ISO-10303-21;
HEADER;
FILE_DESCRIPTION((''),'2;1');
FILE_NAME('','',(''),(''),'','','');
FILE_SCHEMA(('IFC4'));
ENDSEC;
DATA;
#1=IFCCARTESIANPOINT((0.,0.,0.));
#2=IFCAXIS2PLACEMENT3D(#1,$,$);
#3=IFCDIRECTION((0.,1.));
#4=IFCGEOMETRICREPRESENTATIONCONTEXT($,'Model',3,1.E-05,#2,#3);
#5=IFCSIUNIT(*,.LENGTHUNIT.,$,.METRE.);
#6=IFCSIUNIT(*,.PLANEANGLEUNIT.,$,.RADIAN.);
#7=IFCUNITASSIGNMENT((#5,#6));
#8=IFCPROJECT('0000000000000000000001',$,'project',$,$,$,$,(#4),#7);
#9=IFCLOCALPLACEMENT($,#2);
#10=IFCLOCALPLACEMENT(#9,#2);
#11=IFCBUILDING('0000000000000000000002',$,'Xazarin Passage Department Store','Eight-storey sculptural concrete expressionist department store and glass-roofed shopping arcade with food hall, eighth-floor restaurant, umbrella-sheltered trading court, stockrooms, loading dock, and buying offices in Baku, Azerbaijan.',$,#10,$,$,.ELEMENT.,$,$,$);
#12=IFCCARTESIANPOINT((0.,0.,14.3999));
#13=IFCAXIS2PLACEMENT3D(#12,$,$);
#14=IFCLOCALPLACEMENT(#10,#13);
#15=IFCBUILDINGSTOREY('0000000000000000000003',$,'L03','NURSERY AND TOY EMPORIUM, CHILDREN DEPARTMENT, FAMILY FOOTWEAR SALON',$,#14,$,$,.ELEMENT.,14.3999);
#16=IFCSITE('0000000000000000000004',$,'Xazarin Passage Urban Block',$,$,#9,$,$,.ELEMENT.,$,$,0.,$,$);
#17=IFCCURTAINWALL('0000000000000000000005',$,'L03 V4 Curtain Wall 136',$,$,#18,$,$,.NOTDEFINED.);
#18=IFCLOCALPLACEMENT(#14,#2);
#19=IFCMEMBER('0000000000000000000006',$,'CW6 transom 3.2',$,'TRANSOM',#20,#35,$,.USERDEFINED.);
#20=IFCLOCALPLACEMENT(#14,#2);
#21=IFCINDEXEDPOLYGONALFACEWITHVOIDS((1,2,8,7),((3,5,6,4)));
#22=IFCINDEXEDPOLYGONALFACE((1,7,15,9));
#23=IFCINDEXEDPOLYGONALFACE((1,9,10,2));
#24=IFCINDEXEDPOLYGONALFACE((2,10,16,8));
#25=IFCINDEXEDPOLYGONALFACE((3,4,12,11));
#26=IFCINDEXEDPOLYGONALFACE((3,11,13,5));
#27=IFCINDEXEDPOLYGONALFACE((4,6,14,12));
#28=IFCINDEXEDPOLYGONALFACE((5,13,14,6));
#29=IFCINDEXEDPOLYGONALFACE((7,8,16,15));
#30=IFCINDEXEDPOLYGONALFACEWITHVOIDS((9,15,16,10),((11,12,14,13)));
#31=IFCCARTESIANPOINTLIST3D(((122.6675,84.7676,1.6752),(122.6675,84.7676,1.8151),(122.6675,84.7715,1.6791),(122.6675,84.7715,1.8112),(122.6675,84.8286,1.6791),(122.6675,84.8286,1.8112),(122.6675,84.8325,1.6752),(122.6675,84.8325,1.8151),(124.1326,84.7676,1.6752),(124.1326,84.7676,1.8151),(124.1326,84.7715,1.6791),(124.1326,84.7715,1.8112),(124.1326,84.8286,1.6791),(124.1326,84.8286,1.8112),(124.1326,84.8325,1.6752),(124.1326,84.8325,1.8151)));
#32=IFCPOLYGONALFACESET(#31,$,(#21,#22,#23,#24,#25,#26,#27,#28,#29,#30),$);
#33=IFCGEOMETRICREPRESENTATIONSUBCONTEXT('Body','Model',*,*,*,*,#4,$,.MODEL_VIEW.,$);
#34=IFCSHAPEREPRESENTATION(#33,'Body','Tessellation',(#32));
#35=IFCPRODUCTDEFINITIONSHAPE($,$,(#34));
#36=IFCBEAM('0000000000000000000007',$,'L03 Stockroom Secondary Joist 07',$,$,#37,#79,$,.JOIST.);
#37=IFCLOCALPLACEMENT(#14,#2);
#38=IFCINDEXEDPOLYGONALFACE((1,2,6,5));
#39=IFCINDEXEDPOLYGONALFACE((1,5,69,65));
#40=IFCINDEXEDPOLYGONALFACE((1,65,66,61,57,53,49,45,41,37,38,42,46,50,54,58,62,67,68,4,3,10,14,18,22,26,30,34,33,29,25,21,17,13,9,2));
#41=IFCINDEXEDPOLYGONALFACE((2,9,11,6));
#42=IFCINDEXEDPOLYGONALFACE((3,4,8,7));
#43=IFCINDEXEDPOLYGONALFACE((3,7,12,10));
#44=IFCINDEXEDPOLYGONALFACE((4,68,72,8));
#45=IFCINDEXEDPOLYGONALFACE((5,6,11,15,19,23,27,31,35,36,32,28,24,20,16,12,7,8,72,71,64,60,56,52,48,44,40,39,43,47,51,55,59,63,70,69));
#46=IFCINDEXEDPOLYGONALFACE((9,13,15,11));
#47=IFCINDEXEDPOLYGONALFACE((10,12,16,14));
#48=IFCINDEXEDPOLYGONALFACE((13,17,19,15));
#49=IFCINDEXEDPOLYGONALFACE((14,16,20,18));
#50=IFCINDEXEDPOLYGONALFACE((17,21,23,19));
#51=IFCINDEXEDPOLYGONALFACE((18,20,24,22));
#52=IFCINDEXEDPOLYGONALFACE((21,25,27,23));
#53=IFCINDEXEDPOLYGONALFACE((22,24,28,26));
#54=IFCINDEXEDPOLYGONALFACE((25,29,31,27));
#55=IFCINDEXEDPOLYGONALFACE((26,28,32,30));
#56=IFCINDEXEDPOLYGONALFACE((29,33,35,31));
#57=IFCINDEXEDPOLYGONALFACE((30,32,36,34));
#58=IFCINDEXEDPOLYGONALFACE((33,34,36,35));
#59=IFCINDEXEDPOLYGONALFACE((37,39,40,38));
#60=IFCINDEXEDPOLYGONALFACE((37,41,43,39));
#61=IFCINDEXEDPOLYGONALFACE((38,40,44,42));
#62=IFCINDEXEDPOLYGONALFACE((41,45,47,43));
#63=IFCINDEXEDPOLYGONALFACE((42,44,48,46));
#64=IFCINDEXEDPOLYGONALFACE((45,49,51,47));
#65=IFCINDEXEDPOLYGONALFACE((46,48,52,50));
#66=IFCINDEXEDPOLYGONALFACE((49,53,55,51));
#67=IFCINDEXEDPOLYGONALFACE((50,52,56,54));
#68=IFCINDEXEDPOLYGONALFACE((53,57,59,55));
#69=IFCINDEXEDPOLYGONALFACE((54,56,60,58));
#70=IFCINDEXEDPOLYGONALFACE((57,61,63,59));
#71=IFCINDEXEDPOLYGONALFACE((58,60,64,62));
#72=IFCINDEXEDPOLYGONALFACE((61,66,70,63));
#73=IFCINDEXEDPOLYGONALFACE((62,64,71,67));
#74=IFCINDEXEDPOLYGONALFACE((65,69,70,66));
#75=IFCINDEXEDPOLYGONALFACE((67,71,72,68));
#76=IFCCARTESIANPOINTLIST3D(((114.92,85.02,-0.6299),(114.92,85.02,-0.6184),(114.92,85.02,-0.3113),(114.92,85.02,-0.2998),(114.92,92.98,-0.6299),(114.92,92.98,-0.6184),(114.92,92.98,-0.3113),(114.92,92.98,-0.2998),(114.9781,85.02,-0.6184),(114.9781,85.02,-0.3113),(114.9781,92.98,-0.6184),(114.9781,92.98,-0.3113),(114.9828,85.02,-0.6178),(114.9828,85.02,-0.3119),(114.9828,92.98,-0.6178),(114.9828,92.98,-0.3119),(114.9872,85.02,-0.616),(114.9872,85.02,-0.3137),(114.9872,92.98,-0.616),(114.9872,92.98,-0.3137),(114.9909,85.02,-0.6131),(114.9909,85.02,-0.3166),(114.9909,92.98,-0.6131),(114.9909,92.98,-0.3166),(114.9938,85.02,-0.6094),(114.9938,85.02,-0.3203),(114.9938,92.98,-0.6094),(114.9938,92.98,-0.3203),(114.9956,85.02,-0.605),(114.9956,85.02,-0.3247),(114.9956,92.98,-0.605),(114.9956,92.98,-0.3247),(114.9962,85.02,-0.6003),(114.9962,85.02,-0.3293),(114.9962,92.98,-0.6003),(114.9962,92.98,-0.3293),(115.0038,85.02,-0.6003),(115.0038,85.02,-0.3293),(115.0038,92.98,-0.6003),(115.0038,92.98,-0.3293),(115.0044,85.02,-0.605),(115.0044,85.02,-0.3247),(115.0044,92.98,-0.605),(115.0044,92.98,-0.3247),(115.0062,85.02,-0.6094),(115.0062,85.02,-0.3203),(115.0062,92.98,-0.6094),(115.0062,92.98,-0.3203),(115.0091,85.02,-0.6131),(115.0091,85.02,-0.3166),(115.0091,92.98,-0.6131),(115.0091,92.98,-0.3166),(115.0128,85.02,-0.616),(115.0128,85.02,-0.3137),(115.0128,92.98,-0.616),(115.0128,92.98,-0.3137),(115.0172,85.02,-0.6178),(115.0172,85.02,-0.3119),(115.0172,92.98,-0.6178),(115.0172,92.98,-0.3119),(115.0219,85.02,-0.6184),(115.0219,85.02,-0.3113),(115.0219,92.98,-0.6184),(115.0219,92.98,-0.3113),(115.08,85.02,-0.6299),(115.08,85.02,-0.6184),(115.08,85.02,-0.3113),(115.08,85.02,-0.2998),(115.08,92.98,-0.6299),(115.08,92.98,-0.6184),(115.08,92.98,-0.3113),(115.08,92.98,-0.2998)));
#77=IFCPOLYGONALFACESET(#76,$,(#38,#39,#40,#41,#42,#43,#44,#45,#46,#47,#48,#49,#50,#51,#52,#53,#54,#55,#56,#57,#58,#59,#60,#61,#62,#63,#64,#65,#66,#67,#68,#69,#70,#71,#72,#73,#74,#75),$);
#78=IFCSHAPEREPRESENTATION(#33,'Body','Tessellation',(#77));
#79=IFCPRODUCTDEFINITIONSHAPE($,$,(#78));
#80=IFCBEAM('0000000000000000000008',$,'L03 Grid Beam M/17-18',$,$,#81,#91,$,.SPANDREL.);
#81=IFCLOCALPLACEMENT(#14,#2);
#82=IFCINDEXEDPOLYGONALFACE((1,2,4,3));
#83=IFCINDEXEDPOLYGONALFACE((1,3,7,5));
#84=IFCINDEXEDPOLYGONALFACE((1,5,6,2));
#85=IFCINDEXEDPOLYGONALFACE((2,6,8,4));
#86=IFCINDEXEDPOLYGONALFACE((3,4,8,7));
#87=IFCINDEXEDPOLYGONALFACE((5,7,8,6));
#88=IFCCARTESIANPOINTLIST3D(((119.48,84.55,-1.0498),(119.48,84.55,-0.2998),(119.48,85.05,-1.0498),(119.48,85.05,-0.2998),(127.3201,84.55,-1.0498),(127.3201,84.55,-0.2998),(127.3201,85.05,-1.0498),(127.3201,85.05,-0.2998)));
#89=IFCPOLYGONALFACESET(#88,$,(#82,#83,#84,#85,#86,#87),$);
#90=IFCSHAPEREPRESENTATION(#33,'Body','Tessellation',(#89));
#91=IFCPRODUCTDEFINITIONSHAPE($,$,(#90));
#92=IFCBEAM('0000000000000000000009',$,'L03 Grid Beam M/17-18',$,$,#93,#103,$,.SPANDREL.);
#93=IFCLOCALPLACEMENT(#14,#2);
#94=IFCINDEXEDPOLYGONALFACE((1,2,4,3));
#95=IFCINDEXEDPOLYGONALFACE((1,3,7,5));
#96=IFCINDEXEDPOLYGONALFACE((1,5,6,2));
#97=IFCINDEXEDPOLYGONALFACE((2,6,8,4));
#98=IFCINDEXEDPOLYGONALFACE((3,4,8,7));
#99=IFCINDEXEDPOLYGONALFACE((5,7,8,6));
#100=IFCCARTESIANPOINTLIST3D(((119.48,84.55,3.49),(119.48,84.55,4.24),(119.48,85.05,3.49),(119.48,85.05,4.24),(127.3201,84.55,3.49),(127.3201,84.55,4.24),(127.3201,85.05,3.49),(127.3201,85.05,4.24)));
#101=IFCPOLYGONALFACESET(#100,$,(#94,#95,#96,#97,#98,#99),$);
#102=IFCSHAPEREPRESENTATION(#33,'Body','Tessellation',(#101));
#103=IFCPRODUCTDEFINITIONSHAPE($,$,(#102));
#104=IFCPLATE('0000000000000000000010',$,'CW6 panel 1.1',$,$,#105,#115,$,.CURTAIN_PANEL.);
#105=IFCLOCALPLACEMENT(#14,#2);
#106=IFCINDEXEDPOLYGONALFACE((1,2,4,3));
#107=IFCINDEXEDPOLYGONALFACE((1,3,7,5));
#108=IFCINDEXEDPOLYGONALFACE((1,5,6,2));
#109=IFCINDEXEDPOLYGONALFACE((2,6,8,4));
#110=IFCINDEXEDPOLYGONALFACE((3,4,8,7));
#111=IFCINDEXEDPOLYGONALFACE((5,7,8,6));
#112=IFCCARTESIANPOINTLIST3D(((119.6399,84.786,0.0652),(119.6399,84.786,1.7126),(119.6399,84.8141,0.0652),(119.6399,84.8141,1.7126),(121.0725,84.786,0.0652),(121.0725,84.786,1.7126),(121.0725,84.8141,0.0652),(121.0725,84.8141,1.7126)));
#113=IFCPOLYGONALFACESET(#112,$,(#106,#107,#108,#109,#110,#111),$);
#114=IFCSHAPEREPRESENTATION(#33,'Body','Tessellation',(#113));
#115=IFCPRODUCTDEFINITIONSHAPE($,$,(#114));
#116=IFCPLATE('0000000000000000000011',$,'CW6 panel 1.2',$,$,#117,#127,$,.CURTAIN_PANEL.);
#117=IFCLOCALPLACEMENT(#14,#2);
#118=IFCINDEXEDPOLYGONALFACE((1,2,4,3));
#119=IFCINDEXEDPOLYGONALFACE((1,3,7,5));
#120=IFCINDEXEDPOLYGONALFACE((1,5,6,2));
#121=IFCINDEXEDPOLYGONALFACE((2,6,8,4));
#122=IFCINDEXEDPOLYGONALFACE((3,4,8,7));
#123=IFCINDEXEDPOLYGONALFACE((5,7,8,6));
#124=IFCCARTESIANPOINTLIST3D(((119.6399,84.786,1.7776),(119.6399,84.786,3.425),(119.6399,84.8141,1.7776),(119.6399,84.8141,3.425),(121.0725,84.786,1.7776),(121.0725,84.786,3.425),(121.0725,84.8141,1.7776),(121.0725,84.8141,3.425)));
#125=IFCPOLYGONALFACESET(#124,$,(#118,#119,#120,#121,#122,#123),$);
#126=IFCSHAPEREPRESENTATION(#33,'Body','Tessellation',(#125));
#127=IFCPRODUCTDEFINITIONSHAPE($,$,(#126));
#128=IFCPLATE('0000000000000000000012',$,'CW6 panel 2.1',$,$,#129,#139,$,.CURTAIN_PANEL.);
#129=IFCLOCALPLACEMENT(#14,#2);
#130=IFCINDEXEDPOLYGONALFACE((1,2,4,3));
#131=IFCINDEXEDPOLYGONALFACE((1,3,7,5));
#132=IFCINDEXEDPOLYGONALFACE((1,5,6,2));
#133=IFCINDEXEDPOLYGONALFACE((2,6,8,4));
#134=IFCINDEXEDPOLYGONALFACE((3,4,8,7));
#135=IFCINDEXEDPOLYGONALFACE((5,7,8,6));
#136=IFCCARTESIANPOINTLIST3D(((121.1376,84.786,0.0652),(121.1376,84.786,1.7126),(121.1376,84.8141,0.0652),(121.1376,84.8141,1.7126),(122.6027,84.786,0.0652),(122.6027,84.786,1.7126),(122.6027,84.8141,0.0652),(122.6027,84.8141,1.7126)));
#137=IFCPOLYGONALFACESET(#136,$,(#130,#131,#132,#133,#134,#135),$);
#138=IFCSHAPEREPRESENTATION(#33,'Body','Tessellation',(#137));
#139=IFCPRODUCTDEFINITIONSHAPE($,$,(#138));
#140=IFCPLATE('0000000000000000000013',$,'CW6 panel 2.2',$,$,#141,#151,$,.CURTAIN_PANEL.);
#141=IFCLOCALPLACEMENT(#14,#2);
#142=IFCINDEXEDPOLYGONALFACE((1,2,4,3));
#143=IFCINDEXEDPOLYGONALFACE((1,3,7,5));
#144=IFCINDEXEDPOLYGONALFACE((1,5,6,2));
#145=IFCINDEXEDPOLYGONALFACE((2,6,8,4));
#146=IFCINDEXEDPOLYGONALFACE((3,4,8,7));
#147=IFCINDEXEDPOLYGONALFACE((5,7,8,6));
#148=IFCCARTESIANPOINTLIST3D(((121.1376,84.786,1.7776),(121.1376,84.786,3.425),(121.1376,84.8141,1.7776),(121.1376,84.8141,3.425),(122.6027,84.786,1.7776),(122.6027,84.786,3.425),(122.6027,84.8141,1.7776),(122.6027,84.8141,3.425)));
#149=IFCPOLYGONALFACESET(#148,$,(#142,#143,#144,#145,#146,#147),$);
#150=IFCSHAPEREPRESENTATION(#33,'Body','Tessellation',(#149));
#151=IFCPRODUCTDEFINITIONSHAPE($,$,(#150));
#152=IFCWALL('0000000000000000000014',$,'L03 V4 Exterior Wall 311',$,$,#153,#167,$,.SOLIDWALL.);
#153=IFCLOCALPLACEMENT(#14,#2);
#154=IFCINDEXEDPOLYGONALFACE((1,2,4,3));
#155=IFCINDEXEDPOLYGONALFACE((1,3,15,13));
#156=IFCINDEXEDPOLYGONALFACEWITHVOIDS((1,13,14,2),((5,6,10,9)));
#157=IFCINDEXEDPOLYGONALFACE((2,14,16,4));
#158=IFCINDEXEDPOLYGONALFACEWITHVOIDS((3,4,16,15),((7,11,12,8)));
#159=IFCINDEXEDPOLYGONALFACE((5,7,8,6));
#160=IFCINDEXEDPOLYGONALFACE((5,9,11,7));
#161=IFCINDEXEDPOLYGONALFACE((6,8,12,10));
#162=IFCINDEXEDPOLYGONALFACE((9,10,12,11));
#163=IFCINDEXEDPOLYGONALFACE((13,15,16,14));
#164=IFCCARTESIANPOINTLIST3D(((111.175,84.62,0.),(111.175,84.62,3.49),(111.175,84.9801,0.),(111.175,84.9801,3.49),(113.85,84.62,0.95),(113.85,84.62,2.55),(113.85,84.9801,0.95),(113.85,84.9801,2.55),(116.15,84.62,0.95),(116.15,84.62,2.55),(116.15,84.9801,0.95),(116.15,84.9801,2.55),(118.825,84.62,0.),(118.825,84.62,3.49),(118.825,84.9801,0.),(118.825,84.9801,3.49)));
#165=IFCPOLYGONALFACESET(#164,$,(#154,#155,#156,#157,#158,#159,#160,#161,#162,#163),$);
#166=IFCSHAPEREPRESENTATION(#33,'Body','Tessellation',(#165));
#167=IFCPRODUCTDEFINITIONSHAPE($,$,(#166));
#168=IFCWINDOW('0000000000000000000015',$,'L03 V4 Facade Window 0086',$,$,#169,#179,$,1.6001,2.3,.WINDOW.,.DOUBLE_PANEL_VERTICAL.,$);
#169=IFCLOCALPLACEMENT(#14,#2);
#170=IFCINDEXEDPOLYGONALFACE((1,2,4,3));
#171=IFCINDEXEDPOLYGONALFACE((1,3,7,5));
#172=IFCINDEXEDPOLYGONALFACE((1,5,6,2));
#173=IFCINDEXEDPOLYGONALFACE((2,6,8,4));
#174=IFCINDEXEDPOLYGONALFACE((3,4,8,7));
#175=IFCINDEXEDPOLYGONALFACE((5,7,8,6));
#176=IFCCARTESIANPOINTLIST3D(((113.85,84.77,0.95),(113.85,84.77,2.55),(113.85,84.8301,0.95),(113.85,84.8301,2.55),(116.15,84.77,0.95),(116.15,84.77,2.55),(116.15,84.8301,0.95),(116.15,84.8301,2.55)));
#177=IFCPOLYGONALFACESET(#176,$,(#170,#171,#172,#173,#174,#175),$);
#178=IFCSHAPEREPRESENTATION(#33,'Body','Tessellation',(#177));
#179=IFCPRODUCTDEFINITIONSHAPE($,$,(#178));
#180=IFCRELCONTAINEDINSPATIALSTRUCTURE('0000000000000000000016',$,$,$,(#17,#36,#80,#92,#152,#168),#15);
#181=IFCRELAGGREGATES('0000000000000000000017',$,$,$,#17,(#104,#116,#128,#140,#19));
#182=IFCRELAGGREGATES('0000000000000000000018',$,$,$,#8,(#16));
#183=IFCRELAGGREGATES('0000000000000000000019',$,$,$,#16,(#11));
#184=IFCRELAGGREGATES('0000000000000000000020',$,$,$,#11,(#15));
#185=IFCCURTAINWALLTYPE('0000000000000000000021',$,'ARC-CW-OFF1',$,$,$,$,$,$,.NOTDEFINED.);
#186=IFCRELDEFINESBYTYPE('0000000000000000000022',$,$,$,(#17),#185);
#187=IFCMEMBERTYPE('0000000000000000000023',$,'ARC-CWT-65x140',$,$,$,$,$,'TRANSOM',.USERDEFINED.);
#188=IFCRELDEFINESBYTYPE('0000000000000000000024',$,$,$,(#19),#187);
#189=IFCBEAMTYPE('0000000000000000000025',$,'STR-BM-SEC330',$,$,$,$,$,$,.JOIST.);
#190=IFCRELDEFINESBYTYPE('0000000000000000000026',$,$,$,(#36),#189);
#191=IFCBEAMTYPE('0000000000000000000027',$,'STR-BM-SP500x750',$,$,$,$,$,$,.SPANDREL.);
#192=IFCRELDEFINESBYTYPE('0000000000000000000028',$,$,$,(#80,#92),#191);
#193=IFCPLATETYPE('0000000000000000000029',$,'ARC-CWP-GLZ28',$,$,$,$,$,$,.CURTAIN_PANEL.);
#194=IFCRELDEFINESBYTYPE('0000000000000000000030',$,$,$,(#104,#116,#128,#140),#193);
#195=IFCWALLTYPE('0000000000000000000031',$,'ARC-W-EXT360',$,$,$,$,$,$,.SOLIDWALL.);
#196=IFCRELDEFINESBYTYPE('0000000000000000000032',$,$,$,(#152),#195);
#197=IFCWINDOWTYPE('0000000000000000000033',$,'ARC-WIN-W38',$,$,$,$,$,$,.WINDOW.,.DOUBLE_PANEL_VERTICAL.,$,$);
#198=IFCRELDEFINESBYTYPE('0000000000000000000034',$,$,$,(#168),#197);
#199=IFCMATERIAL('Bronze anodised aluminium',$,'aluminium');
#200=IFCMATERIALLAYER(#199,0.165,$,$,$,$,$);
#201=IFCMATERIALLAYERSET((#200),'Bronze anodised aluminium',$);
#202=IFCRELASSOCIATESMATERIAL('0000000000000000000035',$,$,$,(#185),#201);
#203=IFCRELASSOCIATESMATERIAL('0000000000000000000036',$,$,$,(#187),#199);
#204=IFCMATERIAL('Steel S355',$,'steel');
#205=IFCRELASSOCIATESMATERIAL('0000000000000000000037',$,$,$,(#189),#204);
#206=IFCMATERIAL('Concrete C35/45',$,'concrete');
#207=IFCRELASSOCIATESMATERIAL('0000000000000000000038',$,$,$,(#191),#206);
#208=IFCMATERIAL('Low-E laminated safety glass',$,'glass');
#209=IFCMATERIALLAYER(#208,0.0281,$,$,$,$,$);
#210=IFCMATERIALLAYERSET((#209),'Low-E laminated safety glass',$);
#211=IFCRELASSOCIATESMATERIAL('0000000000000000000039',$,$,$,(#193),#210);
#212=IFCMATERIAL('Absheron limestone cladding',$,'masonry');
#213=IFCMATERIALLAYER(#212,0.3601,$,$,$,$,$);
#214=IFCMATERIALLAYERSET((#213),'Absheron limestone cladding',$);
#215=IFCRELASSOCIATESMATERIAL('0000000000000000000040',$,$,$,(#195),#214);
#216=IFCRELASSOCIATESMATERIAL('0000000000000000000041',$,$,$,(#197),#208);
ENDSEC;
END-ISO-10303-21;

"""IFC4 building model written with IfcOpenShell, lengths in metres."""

from ifc_helpers import new_model, si_unit, direction, frame, frame_2d, origin, origin_2d, place, context, subcontext, project, spatial, rectangle, hollow_rectangle, i_section, extrude, material, layer, layer_set, material_profile, profile_set, type_object, element, fill, aggregate, save


model = new_model("IFC4")

# Units and contexts
model_context = context("Model", 3, precision=1e-05, world=origin(), true_north=direction((0.0, 1.0)))
body_context = subcontext(model_context, "Body", "Model", "MODEL_VIEW")
ifc_project = project(units=[si_unit("LENGTHUNIT", "METRE"), si_unit("PLANEANGLEUNIT", "RADIAN")], contexts=[model_context])

# Site, building, storey
site_placement = place(None, origin())
site = spatial("IfcSite", under=ifc_project, at=site_placement, Name="Xazarin Passage Urban Block", CompositionType="ELEMENT", RefElevation=0.0)
building_placement = place(site_placement, origin())
building = spatial("IfcBuilding", under=site, at=building_placement, Name="Xazarin Passage Department Store", Description="Eight-storey sculptural concrete expressionist department store and glass-roofed shopping arcade with food hall, eighth-floor restaurant, umbrella-sheltered trading court, stockrooms, loading dock, and buying offices in Baku, Azerbaijan.", CompositionType="ELEMENT")
storey_placement = place(building_placement, frame((0.0, 0.0, 14.3999)))
storey = spatial("IfcBuildingStorey", under=building, at=storey_placement, Name="L03", Description="NURSERY AND TOY EMPORIUM, CHILDREN DEPARTMENT, FAMILY FOOTWEAR SALON", CompositionType="ELEMENT", Elevation=14.3999)

# Curtain wall, member
ifc_material_1 = material(Name="Bronze anodised aluminium", Category="aluminium")
ifc_layer_1 = layer(ifc_material_1, 0.165)
ifc_layer_set_1 = layer_set([ifc_layer_1], Name="Bronze anodised aluminium")
curtain_wall_type = type_object("IfcCurtainWallType", Name="ARC-CW-OFF1", PredefinedType="NOTDEFINED", material=ifc_layer_set_1)
curtain_wall_placement = place(storey_placement, origin())
curtain_wall = element("IfcCurtainWall", 1, at=curtain_wall_placement, inside=storey, type_object=curtain_wall_type, Name="L03 V4 Curtain Wall 136", PredefinedType="NOTDEFINED")
ifc_material_profile_1 = material_profile(ifc_material_1, hollow_rectangle(XDim=0.0649, YDim=0.1399, WallThickness=0.0039, at=origin_2d()), Name="ALU 65x140")
ifc_profile_set_1 = profile_set([ifc_material_profile_1], Name="Bronze anodised aluminium")
member_type_1 = type_object("IfcMemberType", Name="ARC-CWT-65x140", ElementType="TRANSOM", PredefinedType="USERDEFINED", material=ifc_profile_set_1)
member_1_placement = place(storey_placement, frame((122.6675, 84.8, 1.7451), z_axis=(1.0, 0.0, 0.0), x_axis=(0.0, 1.0, 0.0)))
member_1 = element("IfcMember", 2, at=member_1_placement, type_object=member_type_1, Name="CW6 transom 3.2", ObjectType="TRANSOM", PredefinedType="USERDEFINED", context=body_context, shape_type="SweptSolid", body=[
    extrude(hollow_rectangle(XDim=0.0649, YDim=0.1399, WallThickness=0.0039, at=origin_2d()), origin(), (0.0, 0.0, 1.0), 1.4651),
])

# Beams
ifc_material_2 = material(Name="Steel S355", Category="steel")
ifc_material_profile_2 = material_profile(ifc_material_2, i_section(OverallWidth=0.1599, OverallDepth=0.3301, WebThickness=0.0076, FlangeThickness=0.0115, FilletRadius=0.0181, at=origin_2d()), Name="IPE 330")
ifc_profile_set_2 = profile_set([ifc_material_profile_2], Name="Steel S355")
beam_type_1 = type_object("IfcBeamType", Name="STR-BM-SEC330", PredefinedType="JOIST", material=ifc_profile_set_2)
beam_placement = place(storey_placement, frame((115.0, 85.02, -0.4648), z_axis=(0.0, 1.0, 0.0), x_axis=(-1.0, 0.0, 0.0)))
element("IfcBeam", 3, at=beam_placement, inside=storey, type_object=beam_type_1, Name="L03 Stockroom Secondary Joist 07", PredefinedType="JOIST", context=body_context, shape_type="SweptSolid", body=[
    extrude(i_section(OverallWidth=0.1599, OverallDepth=0.3301, WebThickness=0.0076, FlangeThickness=0.0115, FilletRadius=0.0181, at=origin_2d()), origin(), (0.0, 0.0, 1.0), 7.96),
])
ifc_material_3 = material(Name="Concrete C35/45", Category="concrete")
ifc_material_profile_3 = material_profile(ifc_material_3, rectangle(XDim=0.5, YDim=0.75, at=origin_2d()), Name="RC 500x750")
ifc_profile_set_3 = profile_set([ifc_material_profile_3], Name="Concrete C35/45")
beam_type_2 = type_object("IfcBeamType", Name="STR-BM-SP500x750", PredefinedType="SPANDREL", material=ifc_profile_set_3)
for number, where, z_axis, x_axis, name in (
    (4, (119.48, 84.8, -0.6748), (1.0, 0.0, 0.0), (0.0, 1.0, 0.0), "L03 Grid Beam M/17-18"),
    (5, (119.48, 84.8, 3.865), (1.0, 0.0, 0.0), (0.0, 1.0, 0.0), "L03 Grid Beam M/17-18"),
):
    element("IfcBeam", number, at=place(storey_placement, frame(where, z_axis=z_axis, x_axis=x_axis)), inside=storey, type_object=beam_type_2, Name=name, PredefinedType="SPANDREL", context=body_context, shape_type="SweptSolid", body=[
        extrude(rectangle(XDim=0.5, YDim=0.75, at=origin_2d()), origin(), (0.0, 0.0, 1.0), 7.8401),
    ])

# Plates
ifc_material_4 = material(Name="Low-E laminated safety glass", Category="glass")
ifc_layer_2 = layer(ifc_material_4, 0.0281)
ifc_layer_set_2 = layer_set([ifc_layer_2], Name="Low-E laminated safety glass")
plate_type = type_object("IfcPlateType", Name="ARC-CWP-GLZ28", PredefinedType="CURTAIN_PANEL", material=ifc_layer_set_2)
plate_1_placement = place(storey_placement, frame((120.3562, 84.8, 0.0652), z_axis=(0.0, 0.0, 1.0), x_axis=(1.0, 0.0, 0.0)))
plate_1 = element("IfcPlate", 6, at=plate_1_placement, type_object=plate_type, Name="CW6 panel 1.1", PredefinedType="CURTAIN_PANEL", context=body_context, shape_type="SweptSolid", body=[
    extrude(rectangle(XDim=1.4326, YDim=0.0281, at=origin_2d()), origin(), (0.0, 0.0, 1.0), 1.6475),
])
plate_2_placement = place(storey_placement, frame((120.3562, 84.8, 1.7776), z_axis=(0.0, 0.0, 1.0), x_axis=(1.0, 0.0, 0.0)))
plate_2 = element("IfcPlate", 7, at=plate_2_placement, type_object=plate_type, Name="CW6 panel 1.2", PredefinedType="CURTAIN_PANEL", context=body_context, shape_type="SweptSolid", body=[
    extrude(rectangle(XDim=1.4326, YDim=0.0281, at=origin_2d()), origin(), (0.0, 0.0, 1.0), 1.6475),
])
plate_3_placement = place(storey_placement, frame((121.8701, 84.8, 0.0652), z_axis=(0.0, 0.0, 1.0), x_axis=(1.0, 0.0, 0.0)))
plate_3 = element("IfcPlate", 8, at=plate_3_placement, type_object=plate_type, Name="CW6 panel 2.1", PredefinedType="CURTAIN_PANEL", context=body_context, shape_type="SweptSolid", body=[
    extrude(rectangle(XDim=1.4651, YDim=0.0281, at=origin_2d()), origin(), (0.0, 0.0, 1.0), 1.6475),
])
plate_4_placement = place(storey_placement, frame((121.8701, 84.8, 1.7776), z_axis=(0.0, 0.0, 1.0), x_axis=(1.0, 0.0, 0.0)))
plate_4 = element("IfcPlate", 9, at=plate_4_placement, type_object=plate_type, Name="CW6 panel 2.2", PredefinedType="CURTAIN_PANEL", context=body_context, shape_type="SweptSolid", body=[
    extrude(rectangle(XDim=1.4651, YDim=0.0281, at=origin_2d()), origin(), (0.0, 0.0, 1.0), 1.6475),
])
aggregate(curtain_wall, [plate_1, plate_2, plate_3, plate_4, member_1])

# Wall, opening, window
ifc_material_5 = material(Name="Absheron limestone cladding", Category="masonry")
ifc_layer_3 = layer(ifc_material_5, 0.3601)
ifc_layer_set_3 = layer_set([ifc_layer_3], Name="Absheron limestone cladding")
wall_type = type_object("IfcWallType", Name="ARC-W-EXT360", PredefinedType="SOLIDWALL", material=ifc_layer_set_3)
wall_placement = place(storey_placement, frame((111.175, 84.8, 0.0), z_axis=(0.0, 0.0, 1.0), x_axis=(1.0, 0.0, 0.0)))
wall = element("IfcWall", 10, at=wall_placement, inside=storey, type_object=wall_type, Name="L03 V4 Exterior Wall 311", PredefinedType="SOLIDWALL", context=body_context, shape_type="SweptSolid", body=[
    extrude(rectangle(XDim=7.6499, YDim=0.3601, at=frame_2d((3.825, 0.0))), origin(), (0.0, 0.0, 1.0), 3.49),
])
opening_placement = place(wall_placement, frame((2.675, 0.0, 0.95)))
opening = element("IfcOpeningElement", 11, at=opening_placement, cuts=wall, PredefinedType="OPENING", context=body_context, shape_type="SweptSolid", body=[
    extrude(rectangle(XDim=2.3, YDim=1.6001, at=frame_2d((1.1499, 0.8))), frame((0.0, 0.1899, 0.0), z_axis=(0.0, -1.0, 0.0), x_axis=(1.0, 0.0, 0.0)), (0.0, 0.0, 1.0), 0.3801),
])
window_type = type_object("IfcWindowType", Name="ARC-WIN-W38", PartitioningType="DOUBLE_PANEL_VERTICAL", PredefinedType="WINDOW", material=ifc_material_4)
window_placement = place(opening_placement, origin())
window = element("IfcWindow", 12, at=window_placement, inside=storey, type_object=window_type, Name="L03 V4 Facade Window 0086", OverallHeight=1.6001, OverallWidth=2.3, PartitioningType="DOUBLE_PANEL_VERTICAL", PredefinedType="WINDOW", context=body_context, shape_type="SweptSolid", body=[
    extrude(rectangle(XDim=2.3, YDim=1.6001, at=frame_2d((1.1499, 0.8))), frame((0.0, 0.03, 0.0), z_axis=(0.0, -1.0, 0.0), x_axis=(1.0, 0.0, 0.0)), (0.0, 0.0, 1.0), 0.0601),
])
fill(opening, window)

save(model, "model.ifc")
